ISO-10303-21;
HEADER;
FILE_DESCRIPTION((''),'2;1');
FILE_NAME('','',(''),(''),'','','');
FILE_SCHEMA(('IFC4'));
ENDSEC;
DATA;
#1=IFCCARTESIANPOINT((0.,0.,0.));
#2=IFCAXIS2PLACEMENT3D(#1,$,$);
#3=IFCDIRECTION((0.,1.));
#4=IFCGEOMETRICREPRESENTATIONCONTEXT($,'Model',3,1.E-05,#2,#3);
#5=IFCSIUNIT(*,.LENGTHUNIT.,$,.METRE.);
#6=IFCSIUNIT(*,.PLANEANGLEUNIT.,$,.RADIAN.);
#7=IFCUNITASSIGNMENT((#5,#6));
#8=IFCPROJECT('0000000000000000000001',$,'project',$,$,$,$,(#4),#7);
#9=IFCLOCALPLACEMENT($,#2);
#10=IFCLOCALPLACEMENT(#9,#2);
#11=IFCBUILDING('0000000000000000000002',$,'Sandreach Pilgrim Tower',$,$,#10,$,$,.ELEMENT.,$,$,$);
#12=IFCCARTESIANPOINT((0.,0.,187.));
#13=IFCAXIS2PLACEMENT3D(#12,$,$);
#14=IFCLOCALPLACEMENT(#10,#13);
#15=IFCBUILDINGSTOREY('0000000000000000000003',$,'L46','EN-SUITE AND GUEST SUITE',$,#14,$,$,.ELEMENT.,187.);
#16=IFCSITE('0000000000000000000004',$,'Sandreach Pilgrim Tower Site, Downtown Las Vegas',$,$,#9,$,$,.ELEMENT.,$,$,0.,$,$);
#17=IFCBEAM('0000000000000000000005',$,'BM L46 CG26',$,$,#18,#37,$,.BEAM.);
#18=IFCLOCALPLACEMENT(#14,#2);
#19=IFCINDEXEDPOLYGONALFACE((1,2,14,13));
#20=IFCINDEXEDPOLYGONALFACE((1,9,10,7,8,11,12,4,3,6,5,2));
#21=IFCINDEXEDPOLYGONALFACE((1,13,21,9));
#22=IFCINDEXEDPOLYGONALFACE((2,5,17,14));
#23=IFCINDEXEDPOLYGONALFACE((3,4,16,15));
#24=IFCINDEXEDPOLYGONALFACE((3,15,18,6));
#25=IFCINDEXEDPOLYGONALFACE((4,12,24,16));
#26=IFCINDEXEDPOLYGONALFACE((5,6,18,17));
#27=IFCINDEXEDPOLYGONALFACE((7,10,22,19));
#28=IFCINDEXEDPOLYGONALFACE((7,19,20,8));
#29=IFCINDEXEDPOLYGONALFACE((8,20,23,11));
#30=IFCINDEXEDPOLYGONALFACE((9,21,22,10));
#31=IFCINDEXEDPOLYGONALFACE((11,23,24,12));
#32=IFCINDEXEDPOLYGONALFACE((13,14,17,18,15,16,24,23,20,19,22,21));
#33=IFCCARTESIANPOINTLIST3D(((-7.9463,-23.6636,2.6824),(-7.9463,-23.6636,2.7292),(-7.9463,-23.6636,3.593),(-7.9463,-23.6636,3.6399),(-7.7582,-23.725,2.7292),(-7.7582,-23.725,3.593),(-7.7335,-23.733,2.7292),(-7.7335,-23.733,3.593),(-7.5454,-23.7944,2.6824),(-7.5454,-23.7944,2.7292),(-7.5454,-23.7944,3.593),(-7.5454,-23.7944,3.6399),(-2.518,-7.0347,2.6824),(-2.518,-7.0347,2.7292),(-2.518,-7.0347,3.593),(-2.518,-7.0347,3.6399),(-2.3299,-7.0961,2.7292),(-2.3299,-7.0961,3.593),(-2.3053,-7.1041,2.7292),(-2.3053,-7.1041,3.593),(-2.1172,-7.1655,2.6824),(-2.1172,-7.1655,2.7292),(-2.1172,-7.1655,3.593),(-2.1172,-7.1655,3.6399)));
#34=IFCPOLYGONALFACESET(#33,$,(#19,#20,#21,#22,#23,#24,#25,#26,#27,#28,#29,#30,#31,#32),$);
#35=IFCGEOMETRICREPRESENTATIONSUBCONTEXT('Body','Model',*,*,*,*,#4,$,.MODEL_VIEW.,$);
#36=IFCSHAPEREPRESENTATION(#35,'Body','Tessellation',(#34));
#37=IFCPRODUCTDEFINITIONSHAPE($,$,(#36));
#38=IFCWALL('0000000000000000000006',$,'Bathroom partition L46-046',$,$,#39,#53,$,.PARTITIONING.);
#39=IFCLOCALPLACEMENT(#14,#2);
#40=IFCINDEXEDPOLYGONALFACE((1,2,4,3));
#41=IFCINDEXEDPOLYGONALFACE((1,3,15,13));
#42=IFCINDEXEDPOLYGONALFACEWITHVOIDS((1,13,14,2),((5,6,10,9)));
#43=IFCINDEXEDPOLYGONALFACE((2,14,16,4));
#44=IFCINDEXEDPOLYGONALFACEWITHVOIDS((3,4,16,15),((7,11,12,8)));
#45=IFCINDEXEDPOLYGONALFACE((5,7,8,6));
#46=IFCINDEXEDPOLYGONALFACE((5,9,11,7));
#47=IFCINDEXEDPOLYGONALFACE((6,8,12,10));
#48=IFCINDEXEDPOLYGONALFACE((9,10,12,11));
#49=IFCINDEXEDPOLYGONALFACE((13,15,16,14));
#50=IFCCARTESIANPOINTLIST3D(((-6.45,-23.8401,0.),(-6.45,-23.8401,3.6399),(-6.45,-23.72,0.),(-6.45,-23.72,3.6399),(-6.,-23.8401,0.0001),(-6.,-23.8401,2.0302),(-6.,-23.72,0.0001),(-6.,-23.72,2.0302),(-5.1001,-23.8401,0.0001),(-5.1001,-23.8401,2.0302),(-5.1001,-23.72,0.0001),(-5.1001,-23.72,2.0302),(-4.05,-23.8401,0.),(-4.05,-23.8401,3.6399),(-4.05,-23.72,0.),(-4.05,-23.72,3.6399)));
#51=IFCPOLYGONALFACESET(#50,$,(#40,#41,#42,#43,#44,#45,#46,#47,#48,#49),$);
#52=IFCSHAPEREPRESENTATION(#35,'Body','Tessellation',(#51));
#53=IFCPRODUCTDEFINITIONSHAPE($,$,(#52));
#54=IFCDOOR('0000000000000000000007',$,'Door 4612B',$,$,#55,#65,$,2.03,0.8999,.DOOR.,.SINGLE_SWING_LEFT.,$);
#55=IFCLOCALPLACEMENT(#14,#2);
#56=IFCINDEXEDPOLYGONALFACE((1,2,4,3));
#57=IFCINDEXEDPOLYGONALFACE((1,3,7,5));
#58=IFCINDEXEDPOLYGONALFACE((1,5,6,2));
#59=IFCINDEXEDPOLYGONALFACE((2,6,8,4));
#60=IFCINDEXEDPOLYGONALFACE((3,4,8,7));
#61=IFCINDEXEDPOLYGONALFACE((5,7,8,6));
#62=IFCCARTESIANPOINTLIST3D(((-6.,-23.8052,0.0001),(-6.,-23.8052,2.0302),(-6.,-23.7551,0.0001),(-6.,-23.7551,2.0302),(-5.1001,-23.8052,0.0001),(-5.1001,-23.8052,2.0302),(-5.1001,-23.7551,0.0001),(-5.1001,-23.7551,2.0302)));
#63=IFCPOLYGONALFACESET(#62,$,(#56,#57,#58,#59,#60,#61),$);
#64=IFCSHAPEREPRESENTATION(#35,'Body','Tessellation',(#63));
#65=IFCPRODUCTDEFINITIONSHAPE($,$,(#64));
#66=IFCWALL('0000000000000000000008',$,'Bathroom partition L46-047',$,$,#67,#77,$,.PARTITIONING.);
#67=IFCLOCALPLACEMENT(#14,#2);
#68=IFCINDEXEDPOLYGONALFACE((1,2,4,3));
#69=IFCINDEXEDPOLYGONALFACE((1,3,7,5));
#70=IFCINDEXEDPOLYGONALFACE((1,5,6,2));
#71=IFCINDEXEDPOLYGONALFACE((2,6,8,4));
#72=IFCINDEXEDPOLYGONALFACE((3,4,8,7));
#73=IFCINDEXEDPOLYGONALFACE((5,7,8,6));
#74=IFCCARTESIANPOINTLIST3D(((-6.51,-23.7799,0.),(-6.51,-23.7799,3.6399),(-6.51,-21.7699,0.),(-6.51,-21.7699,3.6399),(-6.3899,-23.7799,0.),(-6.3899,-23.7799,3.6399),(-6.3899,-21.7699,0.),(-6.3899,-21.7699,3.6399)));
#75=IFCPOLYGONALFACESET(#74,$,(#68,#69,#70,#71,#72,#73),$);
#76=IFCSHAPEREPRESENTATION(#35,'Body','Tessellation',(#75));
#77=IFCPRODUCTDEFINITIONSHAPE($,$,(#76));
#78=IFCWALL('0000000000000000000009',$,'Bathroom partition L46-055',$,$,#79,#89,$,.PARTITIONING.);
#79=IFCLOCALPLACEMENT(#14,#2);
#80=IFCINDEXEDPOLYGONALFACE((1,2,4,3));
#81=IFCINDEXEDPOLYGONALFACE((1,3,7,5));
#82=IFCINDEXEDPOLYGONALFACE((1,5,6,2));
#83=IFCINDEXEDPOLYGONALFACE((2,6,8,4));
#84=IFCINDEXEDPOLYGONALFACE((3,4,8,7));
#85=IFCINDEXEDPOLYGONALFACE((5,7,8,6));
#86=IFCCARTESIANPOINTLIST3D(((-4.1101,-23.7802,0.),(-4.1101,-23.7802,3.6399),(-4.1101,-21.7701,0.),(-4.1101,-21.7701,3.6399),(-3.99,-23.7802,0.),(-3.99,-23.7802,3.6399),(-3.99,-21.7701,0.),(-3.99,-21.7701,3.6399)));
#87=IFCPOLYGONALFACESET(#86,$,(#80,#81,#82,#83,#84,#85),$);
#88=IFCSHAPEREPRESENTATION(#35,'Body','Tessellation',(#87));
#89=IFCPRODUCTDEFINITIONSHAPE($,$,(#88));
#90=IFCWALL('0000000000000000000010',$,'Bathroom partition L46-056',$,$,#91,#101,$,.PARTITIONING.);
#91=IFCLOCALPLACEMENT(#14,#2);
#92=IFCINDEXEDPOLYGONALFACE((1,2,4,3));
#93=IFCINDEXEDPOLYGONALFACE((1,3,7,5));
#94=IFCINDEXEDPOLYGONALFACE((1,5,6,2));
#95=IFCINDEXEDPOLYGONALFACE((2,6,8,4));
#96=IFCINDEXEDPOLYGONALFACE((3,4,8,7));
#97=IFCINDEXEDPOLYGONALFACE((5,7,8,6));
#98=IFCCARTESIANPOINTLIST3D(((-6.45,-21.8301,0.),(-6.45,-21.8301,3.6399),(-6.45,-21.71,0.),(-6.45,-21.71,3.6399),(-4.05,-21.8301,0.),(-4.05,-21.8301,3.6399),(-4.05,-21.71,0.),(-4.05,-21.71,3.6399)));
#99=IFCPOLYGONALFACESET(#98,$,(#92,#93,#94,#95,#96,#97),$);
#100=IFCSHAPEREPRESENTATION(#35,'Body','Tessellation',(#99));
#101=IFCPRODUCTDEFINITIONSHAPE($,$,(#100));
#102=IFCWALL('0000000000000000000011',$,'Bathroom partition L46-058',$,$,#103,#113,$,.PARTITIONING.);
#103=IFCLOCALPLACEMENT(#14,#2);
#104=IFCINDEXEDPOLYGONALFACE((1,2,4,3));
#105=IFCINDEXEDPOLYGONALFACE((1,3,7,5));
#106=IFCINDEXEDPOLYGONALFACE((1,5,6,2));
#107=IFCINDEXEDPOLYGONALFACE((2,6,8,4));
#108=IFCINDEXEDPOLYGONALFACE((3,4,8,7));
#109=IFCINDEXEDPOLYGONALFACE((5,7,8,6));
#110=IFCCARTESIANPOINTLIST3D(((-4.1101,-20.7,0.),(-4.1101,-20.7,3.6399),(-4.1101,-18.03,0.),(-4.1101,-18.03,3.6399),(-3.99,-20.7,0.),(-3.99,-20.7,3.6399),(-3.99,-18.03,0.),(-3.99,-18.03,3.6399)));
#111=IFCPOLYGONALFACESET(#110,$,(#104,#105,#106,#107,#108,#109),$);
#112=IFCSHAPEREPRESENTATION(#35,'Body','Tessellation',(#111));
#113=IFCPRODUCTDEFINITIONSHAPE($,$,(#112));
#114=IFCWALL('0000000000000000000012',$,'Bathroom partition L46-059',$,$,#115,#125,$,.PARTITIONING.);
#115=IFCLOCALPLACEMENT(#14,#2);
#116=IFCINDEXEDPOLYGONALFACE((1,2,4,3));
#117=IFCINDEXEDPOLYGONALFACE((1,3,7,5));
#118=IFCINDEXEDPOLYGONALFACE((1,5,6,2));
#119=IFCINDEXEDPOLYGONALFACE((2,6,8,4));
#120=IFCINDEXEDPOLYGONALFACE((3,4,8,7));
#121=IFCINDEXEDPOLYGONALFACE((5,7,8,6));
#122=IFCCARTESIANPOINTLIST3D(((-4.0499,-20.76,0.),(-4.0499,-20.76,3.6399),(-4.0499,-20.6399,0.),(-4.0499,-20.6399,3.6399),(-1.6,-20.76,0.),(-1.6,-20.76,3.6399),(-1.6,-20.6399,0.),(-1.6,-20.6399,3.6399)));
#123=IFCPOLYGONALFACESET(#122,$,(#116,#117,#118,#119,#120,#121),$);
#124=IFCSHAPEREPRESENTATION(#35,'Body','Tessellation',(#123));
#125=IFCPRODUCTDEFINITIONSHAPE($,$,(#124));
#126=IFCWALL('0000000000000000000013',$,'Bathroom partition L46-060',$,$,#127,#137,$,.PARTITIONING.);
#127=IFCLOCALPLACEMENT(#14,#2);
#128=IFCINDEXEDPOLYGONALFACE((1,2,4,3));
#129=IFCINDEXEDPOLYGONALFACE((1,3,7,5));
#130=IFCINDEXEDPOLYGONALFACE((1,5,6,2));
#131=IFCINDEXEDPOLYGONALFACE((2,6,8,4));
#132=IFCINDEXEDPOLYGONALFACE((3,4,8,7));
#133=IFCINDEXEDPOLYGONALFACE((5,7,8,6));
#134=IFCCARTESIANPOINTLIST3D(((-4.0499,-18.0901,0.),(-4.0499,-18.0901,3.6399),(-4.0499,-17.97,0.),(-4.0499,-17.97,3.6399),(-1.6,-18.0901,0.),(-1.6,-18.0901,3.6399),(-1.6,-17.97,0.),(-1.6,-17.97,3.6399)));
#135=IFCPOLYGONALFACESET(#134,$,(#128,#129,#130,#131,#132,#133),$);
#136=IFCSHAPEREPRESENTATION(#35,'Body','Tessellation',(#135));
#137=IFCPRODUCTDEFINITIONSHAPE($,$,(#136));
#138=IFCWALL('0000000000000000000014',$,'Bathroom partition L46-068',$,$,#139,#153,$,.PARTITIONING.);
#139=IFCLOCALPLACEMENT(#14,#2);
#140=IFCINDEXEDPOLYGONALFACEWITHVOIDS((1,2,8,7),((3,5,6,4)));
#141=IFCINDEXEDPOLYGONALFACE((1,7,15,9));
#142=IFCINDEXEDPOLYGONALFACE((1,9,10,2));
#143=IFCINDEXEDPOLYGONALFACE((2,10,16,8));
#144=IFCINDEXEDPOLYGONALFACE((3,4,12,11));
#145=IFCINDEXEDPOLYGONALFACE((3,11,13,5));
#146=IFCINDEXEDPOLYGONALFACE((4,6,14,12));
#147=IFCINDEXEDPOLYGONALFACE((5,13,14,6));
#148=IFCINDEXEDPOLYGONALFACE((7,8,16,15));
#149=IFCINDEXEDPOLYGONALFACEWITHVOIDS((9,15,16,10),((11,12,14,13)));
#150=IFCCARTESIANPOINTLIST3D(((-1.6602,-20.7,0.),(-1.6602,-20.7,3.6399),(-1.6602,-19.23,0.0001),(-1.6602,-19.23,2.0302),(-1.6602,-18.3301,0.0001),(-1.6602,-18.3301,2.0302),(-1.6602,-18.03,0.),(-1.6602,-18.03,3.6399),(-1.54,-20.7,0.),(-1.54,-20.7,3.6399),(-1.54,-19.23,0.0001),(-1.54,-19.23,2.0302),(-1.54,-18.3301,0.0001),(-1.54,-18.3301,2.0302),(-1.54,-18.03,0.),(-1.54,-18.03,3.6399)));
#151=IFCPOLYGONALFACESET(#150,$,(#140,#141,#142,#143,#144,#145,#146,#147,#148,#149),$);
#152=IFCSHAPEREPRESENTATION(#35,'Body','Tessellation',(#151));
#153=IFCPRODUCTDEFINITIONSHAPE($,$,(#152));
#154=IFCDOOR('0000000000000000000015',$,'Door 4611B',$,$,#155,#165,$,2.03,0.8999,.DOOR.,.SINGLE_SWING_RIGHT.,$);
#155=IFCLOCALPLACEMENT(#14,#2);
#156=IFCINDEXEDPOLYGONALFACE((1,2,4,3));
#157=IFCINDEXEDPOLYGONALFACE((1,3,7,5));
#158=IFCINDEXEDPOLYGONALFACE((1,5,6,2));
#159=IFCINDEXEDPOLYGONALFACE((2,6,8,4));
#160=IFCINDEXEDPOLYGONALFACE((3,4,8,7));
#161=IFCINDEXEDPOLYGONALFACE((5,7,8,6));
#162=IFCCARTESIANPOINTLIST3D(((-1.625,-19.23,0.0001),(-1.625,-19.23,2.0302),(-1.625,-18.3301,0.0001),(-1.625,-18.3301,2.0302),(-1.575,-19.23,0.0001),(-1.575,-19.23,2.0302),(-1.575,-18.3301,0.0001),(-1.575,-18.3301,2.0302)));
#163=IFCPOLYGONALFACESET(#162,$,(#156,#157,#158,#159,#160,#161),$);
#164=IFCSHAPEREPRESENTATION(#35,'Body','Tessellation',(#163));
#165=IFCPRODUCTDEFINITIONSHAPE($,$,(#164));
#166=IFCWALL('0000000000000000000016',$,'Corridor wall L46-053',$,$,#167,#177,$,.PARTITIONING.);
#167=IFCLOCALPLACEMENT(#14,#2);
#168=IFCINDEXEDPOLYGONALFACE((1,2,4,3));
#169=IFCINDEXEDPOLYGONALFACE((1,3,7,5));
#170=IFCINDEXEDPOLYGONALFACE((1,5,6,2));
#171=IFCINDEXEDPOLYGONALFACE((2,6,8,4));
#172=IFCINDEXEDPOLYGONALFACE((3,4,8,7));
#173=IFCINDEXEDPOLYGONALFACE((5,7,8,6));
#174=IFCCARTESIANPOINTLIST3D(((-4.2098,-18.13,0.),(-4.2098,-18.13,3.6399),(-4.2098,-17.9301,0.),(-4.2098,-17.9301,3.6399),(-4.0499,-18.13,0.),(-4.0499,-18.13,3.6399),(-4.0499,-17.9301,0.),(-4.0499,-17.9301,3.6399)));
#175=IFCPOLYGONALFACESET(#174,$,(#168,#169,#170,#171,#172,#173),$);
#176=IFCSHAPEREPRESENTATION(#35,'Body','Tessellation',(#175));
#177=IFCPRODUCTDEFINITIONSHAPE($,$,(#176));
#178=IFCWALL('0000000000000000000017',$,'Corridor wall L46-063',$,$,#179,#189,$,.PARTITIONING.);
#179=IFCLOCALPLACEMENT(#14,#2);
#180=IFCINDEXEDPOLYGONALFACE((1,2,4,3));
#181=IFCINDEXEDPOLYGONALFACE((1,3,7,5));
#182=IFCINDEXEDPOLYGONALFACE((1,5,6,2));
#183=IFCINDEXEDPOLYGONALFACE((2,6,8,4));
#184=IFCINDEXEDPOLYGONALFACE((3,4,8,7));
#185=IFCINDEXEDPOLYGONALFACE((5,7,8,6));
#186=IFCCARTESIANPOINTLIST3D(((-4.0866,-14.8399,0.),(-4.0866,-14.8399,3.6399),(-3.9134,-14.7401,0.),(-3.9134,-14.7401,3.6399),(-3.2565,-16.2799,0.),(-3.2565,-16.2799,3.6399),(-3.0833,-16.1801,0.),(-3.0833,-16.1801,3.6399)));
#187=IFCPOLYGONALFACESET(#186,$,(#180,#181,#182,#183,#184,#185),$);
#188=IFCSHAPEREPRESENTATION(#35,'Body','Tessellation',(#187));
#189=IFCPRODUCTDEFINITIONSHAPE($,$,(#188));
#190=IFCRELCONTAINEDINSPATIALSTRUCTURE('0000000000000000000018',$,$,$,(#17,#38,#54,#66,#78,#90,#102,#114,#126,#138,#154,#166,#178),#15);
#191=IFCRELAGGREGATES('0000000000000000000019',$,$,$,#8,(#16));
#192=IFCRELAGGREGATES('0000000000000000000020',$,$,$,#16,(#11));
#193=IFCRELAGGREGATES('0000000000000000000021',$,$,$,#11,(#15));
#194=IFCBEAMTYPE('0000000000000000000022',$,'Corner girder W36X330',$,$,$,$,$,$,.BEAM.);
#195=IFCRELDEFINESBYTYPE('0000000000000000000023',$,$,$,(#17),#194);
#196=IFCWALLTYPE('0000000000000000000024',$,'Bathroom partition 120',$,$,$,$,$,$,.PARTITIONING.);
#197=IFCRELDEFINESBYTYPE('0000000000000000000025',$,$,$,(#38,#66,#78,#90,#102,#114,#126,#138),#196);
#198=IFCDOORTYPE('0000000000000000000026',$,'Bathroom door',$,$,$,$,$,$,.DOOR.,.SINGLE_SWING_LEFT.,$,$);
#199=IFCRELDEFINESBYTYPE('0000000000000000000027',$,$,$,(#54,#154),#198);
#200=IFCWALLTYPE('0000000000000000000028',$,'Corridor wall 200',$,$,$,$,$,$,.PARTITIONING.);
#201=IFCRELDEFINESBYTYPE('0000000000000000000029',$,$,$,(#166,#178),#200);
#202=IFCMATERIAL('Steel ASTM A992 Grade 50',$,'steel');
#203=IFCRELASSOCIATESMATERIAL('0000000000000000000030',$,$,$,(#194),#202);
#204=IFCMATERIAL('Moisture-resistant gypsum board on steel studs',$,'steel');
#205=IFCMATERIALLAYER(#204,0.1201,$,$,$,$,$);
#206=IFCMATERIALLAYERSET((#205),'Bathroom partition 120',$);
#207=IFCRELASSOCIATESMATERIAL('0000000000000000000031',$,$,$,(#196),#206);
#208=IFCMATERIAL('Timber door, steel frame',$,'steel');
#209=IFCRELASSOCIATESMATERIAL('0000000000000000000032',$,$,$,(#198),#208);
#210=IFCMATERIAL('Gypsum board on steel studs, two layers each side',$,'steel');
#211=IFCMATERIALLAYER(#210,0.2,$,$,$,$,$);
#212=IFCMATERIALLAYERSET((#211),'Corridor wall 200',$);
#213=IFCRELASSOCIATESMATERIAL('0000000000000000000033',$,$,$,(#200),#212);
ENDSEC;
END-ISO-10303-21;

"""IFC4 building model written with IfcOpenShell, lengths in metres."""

from ifc_helpers import new_model, si_unit, direction, frame, frame_2d, origin, origin_2d, place, context, subcontext, project, spatial, rectangle, i_section, extrude, material, layer, layer_set, material_profile, profile_set, type_object, element, fill, save


model = new_model("IFC4")

# Units and contexts
model_context = context("Model", 3, precision=1e-05, world=origin(), true_north=direction((0.0, 1.0)))
body_context = subcontext(model_context, "Body", "Model", "MODEL_VIEW")
ifc_project = project(units=[si_unit("LENGTHUNIT", "METRE"), si_unit("PLANEANGLEUNIT", "RADIAN")], contexts=[model_context])

# Site, building, storey
site_placement = place(None, origin())
site = spatial("IfcSite", under=ifc_project, at=site_placement, Name="Sandreach Pilgrim Tower Site, Downtown Las Vegas", CompositionType="ELEMENT", RefElevation=0.0)
building_placement = place(site_placement, origin())
building = spatial("IfcBuilding", under=site, at=building_placement, Name="Sandreach Pilgrim Tower", CompositionType="ELEMENT")
storey_placement = place(building_placement, frame((0.0, 0.0, 187.0)))
storey = spatial("IfcBuildingStorey", under=building, at=storey_placement, Name="L46", Description="EN-SUITE AND GUEST SUITE", CompositionType="ELEMENT", Elevation=187.0)

# Beam
ifc_material_1 = material(Name="Steel ASTM A992 Grade 50", Category="steel")
ifc_material_profile = material_profile(ifc_material_1, i_section(OverallWidth=0.4216, OverallDepth=0.9575, WebThickness=0.0259, FlangeThickness=0.0469, at=origin_2d()), Name="W36X330")
ifc_profile_set = profile_set([ifc_material_profile], Name="Steel ASTM A992 Grade 50")
beam_type = type_object("IfcBeamType", Name="Corner girder W36X330", PredefinedType="BEAM", material=ifc_profile_set)
beam_placement = place(storey_placement, frame((-7.7458, -23.729, 3.1611), z_axis=(0.310318, 0.950633, 0.0), x_axis=(-0.950633, 0.310318, 0.0)))
element("IfcBeam", 1, at=beam_placement, inside=storey, type_object=beam_type, Name="BM L46 CG26", PredefinedType="BEAM", context=body_context, shape_type="SweptSolid", body=[
    extrude(i_section(OverallWidth=0.4216, OverallDepth=0.9575, WebThickness=0.0259, FlangeThickness=0.0469, at=origin_2d()), origin(), (0.0, 0.0, 1.0), 17.4924),
])

# Wall, opening, door
ifc_material_2 = material(Name="Moisture-resistant gypsum board on steel studs", Category="steel")
ifc_layer_1 = layer(ifc_material_2, 0.1201)
ifc_layer_set_1 = layer_set([ifc_layer_1], Name="Bathroom partition 120")
wall_type_1 = type_object("IfcWallType", Name="Bathroom partition 120", PredefinedType="PARTITIONING", material=ifc_layer_set_1)
wall_1_placement = place(storey_placement, frame((-6.45, -23.78, 0.0), z_axis=(0.0, 0.0, 1.0), x_axis=(1.0, 0.0, 0.0)))
wall_1 = element("IfcWall", 2, at=wall_1_placement, inside=storey, type_object=wall_type_1, Name="Bathroom partition L46-046", PredefinedType="PARTITIONING", context=body_context, shape_type="SweptSolid", body=[
    extrude(rectangle(XDim=2.3999, YDim=0.1201, at=frame_2d((1.2, 0.0))), origin(), (0.0, 0.0, 1.0), 3.6399),
])
opening_1_placement = place(wall_1_placement, frame((0.45, 0.0, 0.0)))
opening_1 = element("IfcOpeningElement", 3, at=opening_1_placement, cuts=wall_1, PredefinedType="OPENING", context=body_context, shape_type="SweptSolid", body=[
    extrude(rectangle(XDim=0.8999, YDim=2.03, at=frame_2d((0.45, 1.0151))), frame((0.0, 0.0601, 0.0), z_axis=(0.0, -1.0, 0.0), x_axis=(1.0, 0.0, 0.0)), (0.0, 0.0, 1.0), 0.1201),
])
ifc_material_3 = material(Name="Timber door, steel frame", Category="steel")
door_type_1 = type_object("IfcDoorType", Name="Bathroom door", OperationType="SINGLE_SWING_LEFT", PredefinedType="DOOR", material=ifc_material_3)
door_1_placement = place(opening_1_placement, origin())
door_1 = element("IfcDoor", 4, at=door_1_placement, inside=storey, type_object=door_type_1, Name="Door 4612B", OperationType="SINGLE_SWING_LEFT", OverallHeight=2.03, OverallWidth=0.8999, PredefinedType="DOOR", context=body_context, shape_type="SweptSolid", body=[
    extrude(rectangle(XDim=0.8999, YDim=2.03, at=frame_2d((0.45, 1.0151))), frame((0.0, 0.0249, 0.0), z_axis=(0.0, -1.0, 0.0), x_axis=(1.0, 0.0, 0.0)), (0.0, 0.0, 1.0), 0.05),
])
fill(opening_1, door_1)

# Walls
for number, where, z_axis, x_axis, name in (
    (5, (-6.45, -21.77, 0.0), (0.0, 0.0, 1.0), (0.0, -1.0, 0.0), "Bathroom partition L46-047"),
    (6, (-4.05, -23.78, 0.0), (0.0, 0.0, 1.0), (0.0, 1.0, 0.0), "Bathroom partition L46-055"),
):
    element("IfcWall", number, at=place(storey_placement, frame(where, z_axis=z_axis, x_axis=x_axis)), inside=storey, type_object=wall_type_1, Name=name, PredefinedType="PARTITIONING", context=body_context, shape_type="SweptSolid", body=[
        extrude(rectangle(XDim=2.01, YDim=0.1201, at=frame_2d((1.0049, 0.0))), origin(), (0.0, 0.0, 1.0), 3.6399),
    ])
wall_2_placement = place(storey_placement, frame((-4.05, -21.77, 0.0), z_axis=(0.0, 0.0, 1.0), x_axis=(-1.0, 0.0, 0.0)))
element("IfcWall", 7, at=wall_2_placement, inside=storey, type_object=wall_type_1, Name="Bathroom partition L46-056", PredefinedType="PARTITIONING", context=body_context, shape_type="SweptSolid", body=[
    extrude(rectangle(XDim=2.3999, YDim=0.1201, at=frame_2d((1.2, 0.0))), origin(), (0.0, 0.0, 1.0), 3.6399),
])
wall_3_placement = place(storey_placement, frame((-4.05, -20.7, 0.0), z_axis=(0.0, 0.0, 1.0), x_axis=(0.0, 1.0, 0.0)))
element("IfcWall", 8, at=wall_3_placement, inside=storey, type_object=wall_type_1, Name="Bathroom partition L46-058", PredefinedType="PARTITIONING", context=body_context, shape_type="SweptSolid", body=[
    extrude(rectangle(XDim=2.6699, YDim=0.1201, at=frame_2d((1.335, 0.0))), origin(), (0.0, 0.0, 1.0), 3.6399),
])
for number, where, z_axis, x_axis, name in (
    (9, (-4.05, -20.7, 0.0), (0.0, 0.0, 1.0), (1.0, 0.0, 0.0), "Bathroom partition L46-059"),
    (10, (-4.05, -18.03, 0.0), (0.0, 0.0, 1.0), (1.0, 0.0, 0.0), "Bathroom partition L46-060"),
):
    element("IfcWall", number, at=place(storey_placement, frame(where, z_axis=z_axis, x_axis=x_axis)), inside=storey, type_object=wall_type_1, Name=name, PredefinedType="PARTITIONING", context=body_context, shape_type="SweptSolid", body=[
        extrude(rectangle(XDim=2.45, YDim=0.1201, at=frame_2d((1.2251, 0.0))), origin(), (0.0, 0.0, 1.0), 3.6399),
    ])

# Wall, opening, door
wall_4_placement = place(storey_placement, frame((-1.6001, -20.7, 0.0), z_axis=(0.0, 0.0, 1.0), x_axis=(0.0, 1.0, 0.0)))
wall_4 = element("IfcWall", 11, at=wall_4_placement, inside=storey, type_object=wall_type_1, Name="Bathroom partition L46-068", PredefinedType="PARTITIONING", context=body_context, shape_type="SweptSolid", body=[
    extrude(rectangle(XDim=2.6699, YDim=0.1201, at=frame_2d((1.335, 0.0))), origin(), (0.0, 0.0, 1.0), 3.6399),
])
opening_2_placement = place(wall_4_placement, frame((1.47, 0.0, 0.0)))
opening_2 = element("IfcOpeningElement", 12, at=opening_2_placement, cuts=wall_4, PredefinedType="OPENING", context=body_context, shape_type="SweptSolid", body=[
    extrude(rectangle(XDim=0.8999, YDim=2.03, at=frame_2d((0.45, 1.0151))), frame((0.0, 0.0601, 0.0), z_axis=(0.0, -1.0, 0.0), x_axis=(1.0, 0.0, 0.0)), (0.0, 0.0, 1.0), 0.1201),
])
door_2_placement = place(opening_2_placement, origin())
door_2 = element("IfcDoor", 13, at=door_2_placement, inside=storey, type_object=door_type_1, Name="Door 4611B", OperationType="SINGLE_SWING_RIGHT", OverallHeight=2.03, OverallWidth=0.8999, PredefinedType="DOOR", context=body_context, shape_type="SweptSolid", body=[
    extrude(rectangle(XDim=0.8999, YDim=2.03, at=frame_2d((0.45, 1.0151))), frame((0.0, 0.0249, 0.0), z_axis=(0.0, -1.0, 0.0), x_axis=(1.0, 0.0, 0.0)), (0.0, 0.0, 1.0), 0.05),
])
fill(opening_2, door_2)
ifc_material_4 = material(Name="Gypsum board on steel studs, two layers each side", Category="steel")
ifc_layer_2 = layer(ifc_material_4, 0.2)
ifc_layer_set_2 = layer_set([ifc_layer_2], Name="Corridor wall 200")
wall_type_2 = type_object("IfcWallType", Name="Corridor wall 200", PredefinedType="PARTITIONING", material=ifc_layer_set_2)

# Wall
wall_5_placement = place(storey_placement, frame((-4.21, -18.03, 0.0), z_axis=(0.0, 0.0, 1.0), x_axis=(1.0, 0.0, 0.0)))
element("IfcWall", 14, at=wall_5_placement, inside=storey, type_object=wall_type_2, Name="Corridor wall L46-053", PredefinedType="PARTITIONING", context=body_context, shape_type="SweptSolid", body=[
    extrude(rectangle(XDim=0.1599, YDim=0.2, at=frame_2d((0.0801, 0.0))), origin(), (0.0, 0.0, 1.0), 3.6399),
])

# Wall
wall_6_placement = place(storey_placement, frame((-3.1699, -16.23, 0.0), z_axis=(0.0, 0.0, 1.0), x_axis=(-0.499426, 0.866357, 0.0)))
element("IfcWall", 15, at=wall_6_placement, inside=storey, type_object=wall_type_2, Name="Corridor wall L46-063", PredefinedType="PARTITIONING", context=body_context, shape_type="SweptSolid", body=[
    extrude(rectangle(XDim=1.6621, YDim=0.2, at=frame_2d((0.8311, 0.0))), origin(), (0.0, 0.0, 1.0), 3.6399),
])

save(model, "model.ifc")
